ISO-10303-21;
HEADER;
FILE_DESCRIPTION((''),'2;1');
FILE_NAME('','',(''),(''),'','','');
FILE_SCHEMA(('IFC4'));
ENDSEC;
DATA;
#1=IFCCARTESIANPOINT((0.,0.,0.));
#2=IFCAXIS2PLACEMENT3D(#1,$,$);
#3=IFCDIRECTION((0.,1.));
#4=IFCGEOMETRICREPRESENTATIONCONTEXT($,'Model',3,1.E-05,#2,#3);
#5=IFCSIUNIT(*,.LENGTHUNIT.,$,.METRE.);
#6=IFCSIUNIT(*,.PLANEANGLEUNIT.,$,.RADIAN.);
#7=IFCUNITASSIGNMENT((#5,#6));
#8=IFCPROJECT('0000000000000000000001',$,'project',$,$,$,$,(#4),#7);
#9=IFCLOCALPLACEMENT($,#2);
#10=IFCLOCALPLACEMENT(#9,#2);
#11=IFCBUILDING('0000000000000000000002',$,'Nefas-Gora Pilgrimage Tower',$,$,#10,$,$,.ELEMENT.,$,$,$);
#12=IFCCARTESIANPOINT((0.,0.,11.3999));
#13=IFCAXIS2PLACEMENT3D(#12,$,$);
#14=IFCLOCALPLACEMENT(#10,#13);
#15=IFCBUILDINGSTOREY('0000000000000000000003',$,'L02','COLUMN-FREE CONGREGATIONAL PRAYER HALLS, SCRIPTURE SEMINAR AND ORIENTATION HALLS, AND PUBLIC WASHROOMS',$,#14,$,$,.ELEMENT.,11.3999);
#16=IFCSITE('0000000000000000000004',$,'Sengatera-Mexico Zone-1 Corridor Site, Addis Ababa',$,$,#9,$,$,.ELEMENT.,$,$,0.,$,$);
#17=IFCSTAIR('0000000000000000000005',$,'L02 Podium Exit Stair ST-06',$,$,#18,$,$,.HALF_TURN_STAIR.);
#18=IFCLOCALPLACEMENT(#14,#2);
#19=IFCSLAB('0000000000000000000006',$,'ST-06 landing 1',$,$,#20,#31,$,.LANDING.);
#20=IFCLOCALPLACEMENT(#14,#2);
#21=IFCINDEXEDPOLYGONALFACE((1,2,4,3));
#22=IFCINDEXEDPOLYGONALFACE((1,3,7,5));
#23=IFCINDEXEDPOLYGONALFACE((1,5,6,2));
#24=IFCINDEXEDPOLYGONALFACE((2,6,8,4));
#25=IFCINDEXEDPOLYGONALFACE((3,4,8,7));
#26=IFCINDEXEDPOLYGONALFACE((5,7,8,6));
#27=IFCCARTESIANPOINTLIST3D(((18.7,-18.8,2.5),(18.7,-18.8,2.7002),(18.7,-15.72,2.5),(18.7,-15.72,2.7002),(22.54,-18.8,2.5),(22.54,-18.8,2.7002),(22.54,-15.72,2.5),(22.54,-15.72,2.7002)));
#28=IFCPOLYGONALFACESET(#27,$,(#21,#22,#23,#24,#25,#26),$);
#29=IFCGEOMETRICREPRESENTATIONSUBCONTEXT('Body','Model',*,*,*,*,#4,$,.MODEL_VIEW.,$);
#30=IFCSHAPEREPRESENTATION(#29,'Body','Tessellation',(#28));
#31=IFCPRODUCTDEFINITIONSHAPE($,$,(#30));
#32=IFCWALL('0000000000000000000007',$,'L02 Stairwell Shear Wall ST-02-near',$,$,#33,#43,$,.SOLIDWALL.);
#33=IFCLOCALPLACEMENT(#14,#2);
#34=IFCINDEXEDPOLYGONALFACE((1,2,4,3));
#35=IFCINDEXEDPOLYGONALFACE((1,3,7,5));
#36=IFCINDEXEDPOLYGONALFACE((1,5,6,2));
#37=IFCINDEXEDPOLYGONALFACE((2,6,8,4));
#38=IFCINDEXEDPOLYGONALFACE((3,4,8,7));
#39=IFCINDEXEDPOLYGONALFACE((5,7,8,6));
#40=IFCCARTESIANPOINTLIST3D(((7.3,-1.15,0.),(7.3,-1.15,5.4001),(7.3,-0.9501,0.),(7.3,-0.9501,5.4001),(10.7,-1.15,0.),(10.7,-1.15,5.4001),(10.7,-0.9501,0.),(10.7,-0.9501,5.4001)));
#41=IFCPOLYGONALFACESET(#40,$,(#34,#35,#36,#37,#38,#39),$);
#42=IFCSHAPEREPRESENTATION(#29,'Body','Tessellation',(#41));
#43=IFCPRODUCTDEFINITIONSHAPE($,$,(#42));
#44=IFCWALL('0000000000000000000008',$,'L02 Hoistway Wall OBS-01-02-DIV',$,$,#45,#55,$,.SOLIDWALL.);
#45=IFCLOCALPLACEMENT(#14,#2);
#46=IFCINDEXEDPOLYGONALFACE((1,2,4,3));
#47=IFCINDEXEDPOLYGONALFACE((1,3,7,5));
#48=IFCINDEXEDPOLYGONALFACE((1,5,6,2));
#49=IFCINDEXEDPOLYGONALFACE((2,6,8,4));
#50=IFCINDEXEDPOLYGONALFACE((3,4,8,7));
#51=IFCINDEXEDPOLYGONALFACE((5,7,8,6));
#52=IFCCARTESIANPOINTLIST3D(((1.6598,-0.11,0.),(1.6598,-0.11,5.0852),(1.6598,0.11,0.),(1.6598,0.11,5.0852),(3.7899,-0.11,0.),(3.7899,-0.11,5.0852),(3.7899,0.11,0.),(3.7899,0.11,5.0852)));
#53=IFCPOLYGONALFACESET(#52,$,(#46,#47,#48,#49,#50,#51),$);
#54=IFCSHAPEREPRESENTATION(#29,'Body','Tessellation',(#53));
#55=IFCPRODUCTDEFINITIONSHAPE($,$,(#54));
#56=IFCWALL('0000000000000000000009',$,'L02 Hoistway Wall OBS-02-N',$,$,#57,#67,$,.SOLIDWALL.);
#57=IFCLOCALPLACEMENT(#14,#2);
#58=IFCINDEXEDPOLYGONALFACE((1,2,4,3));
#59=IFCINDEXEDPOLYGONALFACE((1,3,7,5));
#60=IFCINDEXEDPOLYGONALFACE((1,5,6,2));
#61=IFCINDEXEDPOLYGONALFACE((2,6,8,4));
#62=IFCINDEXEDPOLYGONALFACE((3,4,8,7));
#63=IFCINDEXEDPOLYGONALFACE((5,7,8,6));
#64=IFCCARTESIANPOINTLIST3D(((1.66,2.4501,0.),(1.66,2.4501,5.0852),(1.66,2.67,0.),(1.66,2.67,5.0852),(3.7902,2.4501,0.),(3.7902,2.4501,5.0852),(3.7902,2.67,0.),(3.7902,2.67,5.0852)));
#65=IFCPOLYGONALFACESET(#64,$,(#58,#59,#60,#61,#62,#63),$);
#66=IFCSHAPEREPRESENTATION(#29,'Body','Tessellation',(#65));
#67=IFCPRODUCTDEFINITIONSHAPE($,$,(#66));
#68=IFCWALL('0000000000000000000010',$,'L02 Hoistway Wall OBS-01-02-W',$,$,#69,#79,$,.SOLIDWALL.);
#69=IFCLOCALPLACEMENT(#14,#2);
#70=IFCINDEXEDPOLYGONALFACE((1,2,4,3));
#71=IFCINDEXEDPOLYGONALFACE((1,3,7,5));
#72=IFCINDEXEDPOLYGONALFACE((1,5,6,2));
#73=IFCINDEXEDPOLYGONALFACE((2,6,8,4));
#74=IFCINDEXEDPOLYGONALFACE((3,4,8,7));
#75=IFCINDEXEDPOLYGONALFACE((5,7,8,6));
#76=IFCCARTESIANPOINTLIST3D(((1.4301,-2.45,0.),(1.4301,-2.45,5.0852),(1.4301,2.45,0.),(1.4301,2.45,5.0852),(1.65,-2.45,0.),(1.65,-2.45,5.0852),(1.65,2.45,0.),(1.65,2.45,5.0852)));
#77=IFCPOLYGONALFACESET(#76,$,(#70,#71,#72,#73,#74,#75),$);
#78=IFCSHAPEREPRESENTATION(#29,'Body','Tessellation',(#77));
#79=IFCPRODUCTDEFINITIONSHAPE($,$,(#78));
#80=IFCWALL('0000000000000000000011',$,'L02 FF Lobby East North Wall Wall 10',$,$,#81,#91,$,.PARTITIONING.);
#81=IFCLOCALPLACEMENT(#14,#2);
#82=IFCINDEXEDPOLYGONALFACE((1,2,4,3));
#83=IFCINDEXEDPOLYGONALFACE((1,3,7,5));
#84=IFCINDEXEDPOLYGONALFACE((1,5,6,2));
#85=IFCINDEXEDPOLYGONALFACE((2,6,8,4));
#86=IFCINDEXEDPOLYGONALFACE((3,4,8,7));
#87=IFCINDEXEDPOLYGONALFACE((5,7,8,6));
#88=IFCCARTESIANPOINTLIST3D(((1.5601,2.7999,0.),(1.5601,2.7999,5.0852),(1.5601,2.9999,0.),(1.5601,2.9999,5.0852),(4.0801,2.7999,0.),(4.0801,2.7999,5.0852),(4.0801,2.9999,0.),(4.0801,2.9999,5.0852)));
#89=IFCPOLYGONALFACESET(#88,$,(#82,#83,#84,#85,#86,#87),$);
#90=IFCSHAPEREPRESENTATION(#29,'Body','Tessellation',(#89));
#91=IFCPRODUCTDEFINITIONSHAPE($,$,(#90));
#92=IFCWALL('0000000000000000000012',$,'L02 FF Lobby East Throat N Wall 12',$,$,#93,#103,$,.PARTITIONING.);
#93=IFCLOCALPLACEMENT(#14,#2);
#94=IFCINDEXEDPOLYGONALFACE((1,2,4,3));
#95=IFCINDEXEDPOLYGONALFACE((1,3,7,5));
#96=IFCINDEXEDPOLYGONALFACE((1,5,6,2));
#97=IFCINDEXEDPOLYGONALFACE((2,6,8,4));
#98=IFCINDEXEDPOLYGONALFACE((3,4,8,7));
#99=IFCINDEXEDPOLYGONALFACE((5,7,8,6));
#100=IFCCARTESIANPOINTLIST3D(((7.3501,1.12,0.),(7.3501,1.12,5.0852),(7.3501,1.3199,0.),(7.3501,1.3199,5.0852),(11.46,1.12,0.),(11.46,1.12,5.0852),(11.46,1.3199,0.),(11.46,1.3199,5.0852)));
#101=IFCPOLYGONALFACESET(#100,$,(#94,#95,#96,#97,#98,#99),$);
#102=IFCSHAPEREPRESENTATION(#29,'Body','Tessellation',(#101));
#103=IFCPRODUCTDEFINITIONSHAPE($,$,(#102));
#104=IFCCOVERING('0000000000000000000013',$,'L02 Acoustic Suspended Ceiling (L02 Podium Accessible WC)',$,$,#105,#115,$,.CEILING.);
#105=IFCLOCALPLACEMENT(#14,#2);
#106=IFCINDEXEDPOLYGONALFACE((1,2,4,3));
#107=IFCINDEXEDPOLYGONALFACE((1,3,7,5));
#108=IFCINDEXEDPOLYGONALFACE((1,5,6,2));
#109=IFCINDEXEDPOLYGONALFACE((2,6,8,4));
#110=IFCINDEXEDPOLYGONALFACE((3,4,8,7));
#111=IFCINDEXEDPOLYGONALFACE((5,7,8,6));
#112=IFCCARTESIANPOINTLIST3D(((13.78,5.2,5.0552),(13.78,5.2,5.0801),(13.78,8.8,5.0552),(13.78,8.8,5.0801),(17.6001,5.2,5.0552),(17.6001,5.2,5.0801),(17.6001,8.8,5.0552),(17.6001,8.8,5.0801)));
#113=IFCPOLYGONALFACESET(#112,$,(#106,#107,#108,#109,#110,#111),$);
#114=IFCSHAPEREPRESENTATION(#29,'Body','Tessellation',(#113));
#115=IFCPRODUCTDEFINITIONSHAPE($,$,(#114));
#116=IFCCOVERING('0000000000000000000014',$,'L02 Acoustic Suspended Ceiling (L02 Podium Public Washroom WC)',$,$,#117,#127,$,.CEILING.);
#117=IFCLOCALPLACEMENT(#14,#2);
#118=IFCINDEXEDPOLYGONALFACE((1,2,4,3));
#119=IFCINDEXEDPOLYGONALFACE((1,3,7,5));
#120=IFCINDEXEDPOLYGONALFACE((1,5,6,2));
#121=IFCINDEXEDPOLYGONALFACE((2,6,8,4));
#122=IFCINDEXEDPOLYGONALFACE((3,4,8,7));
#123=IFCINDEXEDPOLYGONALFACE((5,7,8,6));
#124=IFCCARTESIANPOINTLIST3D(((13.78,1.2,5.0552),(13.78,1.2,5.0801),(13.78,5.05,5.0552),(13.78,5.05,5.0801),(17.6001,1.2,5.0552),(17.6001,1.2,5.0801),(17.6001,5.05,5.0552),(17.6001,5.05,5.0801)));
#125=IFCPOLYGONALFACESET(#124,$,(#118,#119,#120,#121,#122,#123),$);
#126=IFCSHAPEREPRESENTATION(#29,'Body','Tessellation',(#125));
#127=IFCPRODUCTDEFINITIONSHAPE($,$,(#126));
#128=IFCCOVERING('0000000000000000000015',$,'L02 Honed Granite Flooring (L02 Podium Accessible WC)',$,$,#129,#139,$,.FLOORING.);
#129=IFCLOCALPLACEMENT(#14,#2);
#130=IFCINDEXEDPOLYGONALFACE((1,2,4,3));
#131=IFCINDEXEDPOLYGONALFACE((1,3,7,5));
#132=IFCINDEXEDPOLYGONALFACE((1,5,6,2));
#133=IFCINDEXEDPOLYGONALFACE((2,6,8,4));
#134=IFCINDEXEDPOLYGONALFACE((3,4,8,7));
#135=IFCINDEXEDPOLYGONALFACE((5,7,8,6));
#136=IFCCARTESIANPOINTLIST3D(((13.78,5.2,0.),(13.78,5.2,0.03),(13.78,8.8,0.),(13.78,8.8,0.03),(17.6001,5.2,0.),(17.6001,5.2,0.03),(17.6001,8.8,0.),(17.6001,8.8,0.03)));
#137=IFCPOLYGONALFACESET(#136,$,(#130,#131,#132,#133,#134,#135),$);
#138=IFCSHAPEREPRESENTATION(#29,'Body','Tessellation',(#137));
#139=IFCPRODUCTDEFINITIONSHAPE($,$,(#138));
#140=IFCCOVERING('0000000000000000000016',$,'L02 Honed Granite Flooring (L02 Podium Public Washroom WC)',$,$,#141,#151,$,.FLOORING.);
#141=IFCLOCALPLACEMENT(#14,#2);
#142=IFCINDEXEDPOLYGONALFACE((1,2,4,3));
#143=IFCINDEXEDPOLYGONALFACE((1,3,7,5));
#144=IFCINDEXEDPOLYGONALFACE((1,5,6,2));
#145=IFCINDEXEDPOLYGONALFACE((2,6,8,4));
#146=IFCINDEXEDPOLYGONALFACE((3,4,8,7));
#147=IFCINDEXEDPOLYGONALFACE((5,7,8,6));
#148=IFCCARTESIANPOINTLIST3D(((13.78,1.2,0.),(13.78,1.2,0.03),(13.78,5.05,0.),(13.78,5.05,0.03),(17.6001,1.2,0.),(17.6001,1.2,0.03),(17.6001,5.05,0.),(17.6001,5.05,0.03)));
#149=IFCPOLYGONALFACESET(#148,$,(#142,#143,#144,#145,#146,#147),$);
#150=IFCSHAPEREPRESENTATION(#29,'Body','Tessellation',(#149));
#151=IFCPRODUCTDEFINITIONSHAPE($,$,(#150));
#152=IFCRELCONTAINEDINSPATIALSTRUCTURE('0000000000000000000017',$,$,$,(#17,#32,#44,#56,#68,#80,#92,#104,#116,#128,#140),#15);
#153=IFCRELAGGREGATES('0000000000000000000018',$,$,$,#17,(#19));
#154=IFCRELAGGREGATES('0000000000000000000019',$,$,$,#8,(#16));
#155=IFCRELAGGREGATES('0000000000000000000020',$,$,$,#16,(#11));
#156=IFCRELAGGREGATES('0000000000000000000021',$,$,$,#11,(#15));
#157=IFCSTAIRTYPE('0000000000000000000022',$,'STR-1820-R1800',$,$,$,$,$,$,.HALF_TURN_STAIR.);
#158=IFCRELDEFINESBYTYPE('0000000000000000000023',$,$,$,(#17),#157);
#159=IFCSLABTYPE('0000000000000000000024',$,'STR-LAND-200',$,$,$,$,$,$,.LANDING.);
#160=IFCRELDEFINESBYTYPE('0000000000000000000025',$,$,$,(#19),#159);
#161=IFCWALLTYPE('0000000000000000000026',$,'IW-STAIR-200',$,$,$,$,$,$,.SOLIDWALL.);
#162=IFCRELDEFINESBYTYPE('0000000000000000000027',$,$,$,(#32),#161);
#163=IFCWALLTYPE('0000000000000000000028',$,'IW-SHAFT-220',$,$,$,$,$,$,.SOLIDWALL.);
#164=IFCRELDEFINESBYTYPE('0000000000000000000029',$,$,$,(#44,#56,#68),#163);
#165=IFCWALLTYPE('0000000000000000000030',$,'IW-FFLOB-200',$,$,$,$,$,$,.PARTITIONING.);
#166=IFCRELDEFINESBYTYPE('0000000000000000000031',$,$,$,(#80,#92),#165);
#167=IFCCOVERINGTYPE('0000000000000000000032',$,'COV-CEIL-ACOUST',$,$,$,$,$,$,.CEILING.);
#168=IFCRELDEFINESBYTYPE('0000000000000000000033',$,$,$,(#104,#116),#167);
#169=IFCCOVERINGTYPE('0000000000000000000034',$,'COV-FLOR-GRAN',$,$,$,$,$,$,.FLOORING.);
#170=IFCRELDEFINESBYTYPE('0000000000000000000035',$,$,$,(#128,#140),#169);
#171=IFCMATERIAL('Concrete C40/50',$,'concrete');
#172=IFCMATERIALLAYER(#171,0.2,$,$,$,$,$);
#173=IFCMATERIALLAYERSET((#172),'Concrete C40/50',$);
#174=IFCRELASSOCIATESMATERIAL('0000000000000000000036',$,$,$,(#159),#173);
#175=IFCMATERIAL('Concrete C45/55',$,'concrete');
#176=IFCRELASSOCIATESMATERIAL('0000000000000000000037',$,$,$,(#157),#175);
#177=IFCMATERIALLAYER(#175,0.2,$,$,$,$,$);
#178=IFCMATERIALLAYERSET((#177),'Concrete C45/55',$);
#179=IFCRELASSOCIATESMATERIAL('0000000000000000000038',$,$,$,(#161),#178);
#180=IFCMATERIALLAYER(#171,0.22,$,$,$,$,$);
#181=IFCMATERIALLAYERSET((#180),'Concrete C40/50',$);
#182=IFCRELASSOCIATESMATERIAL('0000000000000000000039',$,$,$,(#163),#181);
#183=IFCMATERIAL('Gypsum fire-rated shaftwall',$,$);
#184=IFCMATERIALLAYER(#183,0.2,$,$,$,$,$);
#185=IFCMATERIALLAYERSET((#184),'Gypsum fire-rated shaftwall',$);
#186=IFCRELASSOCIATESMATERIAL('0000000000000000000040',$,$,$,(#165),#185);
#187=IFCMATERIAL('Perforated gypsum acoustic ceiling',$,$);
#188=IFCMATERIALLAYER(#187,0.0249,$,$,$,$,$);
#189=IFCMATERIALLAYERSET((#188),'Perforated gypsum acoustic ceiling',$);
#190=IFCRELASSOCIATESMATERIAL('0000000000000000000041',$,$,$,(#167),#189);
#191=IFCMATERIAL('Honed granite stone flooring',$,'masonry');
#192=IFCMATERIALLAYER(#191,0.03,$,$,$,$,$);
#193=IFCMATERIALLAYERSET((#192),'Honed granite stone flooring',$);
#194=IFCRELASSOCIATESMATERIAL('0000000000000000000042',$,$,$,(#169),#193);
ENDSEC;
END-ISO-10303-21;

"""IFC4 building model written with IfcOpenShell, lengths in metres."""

from ifc_helpers import new_model, si_unit, direction, frame, frame_2d, origin, place, context, subcontext, project, spatial, polyline, rectangle, outline, extrude, source, transform, mapped, material, layer, layer_set, type_object, element, aggregate, save


model = new_model("IFC4")

# Units and contexts
model_context = context("Model", 3, precision=1e-05, world=origin(), true_north=direction((0.0, 1.0)))
body_context = subcontext(model_context, "Body", "Model", "MODEL_VIEW")
ifc_project = project(units=[si_unit("LENGTHUNIT", "METRE"), si_unit("PLANEANGLEUNIT", "RADIAN")], contexts=[model_context])

# Site, building, storey
site_placement = place(None, origin())
site = spatial("IfcSite", under=ifc_project, at=site_placement, Name="Sengatera-Mexico Zone-1 Corridor Site, Addis Ababa", CompositionType="ELEMENT", RefElevation=0.0)
building_placement = place(site_placement, origin())
building = spatial("IfcBuilding", under=site, at=building_placement, Name="Nefas-Gora Pilgrimage Tower", CompositionType="ELEMENT")
storey_placement = place(building_placement, frame((0.0, 0.0, 11.3999)))
storey = spatial("IfcBuildingStorey", under=building, at=storey_placement, Name="L02", Description="COLUMN-FREE CONGREGATIONAL PRAYER HALLS, SCRIPTURE SEMINAR AND ORIENTATION HALLS, AND PUBLIC WASHROOMS", CompositionType="ELEMENT", Elevation=11.3999)

# Shared definitions
ifc_material_1 = material(Name="Concrete C45/55", Category="concrete")

# Stair, slab
ifc_material_2 = material(Name="Concrete C40/50", Category="concrete")
ifc_layer_1 = layer(ifc_material_2, 0.2)
ifc_layer_set_1 = layer_set([ifc_layer_1], Name="Concrete C40/50")
slab_type_1 = type_object("IfcSlabType", Name="STR-LAND-200", PredefinedType="LANDING", material=ifc_layer_set_1)
stair_type_1 = type_object("IfcStairType", Name="STR-1820-R1800", PredefinedType="HALF_TURN_STAIR", material=ifc_material_1)
stair_1_placement = place(storey_placement, origin())
stair_1 = element("IfcStair", 1, at=stair_1_placement, inside=storey, type_object=stair_type_1, Name="L02 Podium Exit Stair ST-06", PredefinedType="HALF_TURN_STAIR")
slab_1_placement = place(storey_placement, frame((0.0, 0.0, 2.5)))
slab_1 = element("IfcSlab", 2, at=slab_1_placement, type_object=slab_type_1, Name="ST-06 landing 1", PredefinedType="LANDING", context=body_context, shape_type="SweptSolid", body=[
    extrude(outline(polyline([(18.7, -15.72), (18.7, -18.8), (22.54, -18.8), (22.54, -15.72), (18.7, -15.72)])), origin(), (0.0, 0.0, 1.0), 0.2002),
])
aggregate(stair_1, [slab_1])

# Walls
ifc_layer_2 = layer(ifc_material_1, 0.2)
ifc_layer_set_2 = layer_set([ifc_layer_2], Name="Concrete C45/55")
wall_type_1 = type_object("IfcWallType", Name="IW-STAIR-200", PredefinedType="SOLIDWALL", material=ifc_layer_set_2)
shared_shape_1 = source(origin(), body_context, "Body", "SweptSolid", [
    extrude(rectangle(XDim=3.3999, YDim=0.2, at=frame_2d((1.7, 0.0))), origin(), (0.0, 0.0, 1.0), 5.4001),
])
wall_1_placement = place(storey_placement, frame((7.3, -1.05, 0.0), z_axis=(0.0, 0.0, 1.0), x_axis=(1.0, 0.0, 0.0)))
element("IfcWall", 3, at=wall_1_placement, inside=storey, type_object=wall_type_1, Name="L02 Stairwell Shear Wall ST-02-near", PredefinedType="SOLIDWALL", context=body_context, shape_type="MappedRepresentation", body=[
    mapped(shared_shape_1, transform((0.0, 0.0, 0.0), x_axis=(1.0, 0.0, 0.0), y_axis=(0.0, 1.0, 0.0), z_axis=(0.0, 0.0, 1.0), scale=1.0)),
])
ifc_layer_3 = layer(ifc_material_2, 0.22)
ifc_layer_set_3 = layer_set([ifc_layer_3], Name="Concrete C40/50")
wall_type_2 = type_object("IfcWallType", Name="IW-SHAFT-220", PredefinedType="SOLIDWALL", material=ifc_layer_set_3)
shared_shape_2 = source(origin(), body_context, "Body", "SweptSolid", [
    extrude(rectangle(XDim=2.1301, YDim=0.22, at=frame_2d((1.0649, 0.0))), origin(), (0.0, 0.0, 1.0), 5.0852),
])
for number, where, z_axis, x_axis, name in (
    (4, (1.6599, 0.0, 0.0), (0.0, 0.0, 1.0), (1.0, 0.0, 0.0), "L02 Hoistway Wall OBS-01-02-DIV"),
    (5, (3.79, 2.5601, 0.0), (0.0, 0.0, 1.0), (-1.0, 0.0, 0.0), "L02 Hoistway Wall OBS-02-N"),
):
    element("IfcWall", number, at=place(storey_placement, frame(where, z_axis=z_axis, x_axis=x_axis)), inside=storey, type_object=wall_type_2, Name=name, PredefinedType="SOLIDWALL", context=body_context, shape_type="MappedRepresentation", body=[
        mapped(shared_shape_2, transform((0.0, 0.0, 0.0), x_axis=(1.0, 0.0, 0.0), y_axis=(0.0, 1.0, 0.0), z_axis=(0.0, 0.0, 1.0), scale=1.0)),
    ])
shared_shape_3 = source(origin(), body_context, "Body", "SweptSolid", [
    extrude(rectangle(XDim=4.8999, YDim=0.22, at=frame_2d((2.45, 0.0))), origin(), (0.0, 0.0, 1.0), 5.0852),
])
wall_2_placement = place(storey_placement, frame((1.54, 2.45, 0.0), z_axis=(0.0, 0.0, 1.0), x_axis=(0.0, -1.0, 0.0)))
element("IfcWall", 6, at=wall_2_placement, inside=storey, type_object=wall_type_2, Name="L02 Hoistway Wall OBS-01-02-W", PredefinedType="SOLIDWALL", context=body_context, shape_type="MappedRepresentation", body=[
    mapped(shared_shape_3, transform((0.0, 0.0, 0.0), x_axis=(1.0, 0.0, 0.0), y_axis=(0.0, 1.0, 0.0), z_axis=(0.0, 0.0, 1.0), scale=1.0)),
])
ifc_material_3 = material(Name="Gypsum fire-rated shaftwall")
ifc_layer_4 = layer(ifc_material_3, 0.2)
ifc_layer_set_4 = layer_set([ifc_layer_4], Name="Gypsum fire-rated shaftwall")
wall_type_3 = type_object("IfcWallType", Name="IW-FFLOB-200", PredefinedType="PARTITIONING", material=ifc_layer_set_4)
shared_shape_4 = source(origin(), body_context, "Body", "SweptSolid", [
    extrude(rectangle(XDim=2.52, YDim=0.2, at=frame_2d((1.26, 0.0))), origin(), (0.0, 0.0, 1.0), 5.0852),
])
wall_3_placement = place(storey_placement, frame((1.5601, 2.8999, 0.0), z_axis=(0.0, 0.0, 1.0), x_axis=(1.0, 0.0, 0.0)))
element("IfcWall", 7, at=wall_3_placement, inside=storey, type_object=wall_type_3, Name="L02 FF Lobby East North Wall Wall 10", PredefinedType="PARTITIONING", context=body_context, shape_type="MappedRepresentation", body=[
    mapped(shared_shape_4, transform((0.0, 0.0, 0.0), x_axis=(1.0, 0.0, 0.0), y_axis=(0.0, 1.0, 0.0), z_axis=(0.0, 0.0, 1.0), scale=1.0)),
])
shared_shape_5 = source(origin(), body_context, "Body", "SweptSolid", [
    extrude(rectangle(XDim=4.1099, YDim=0.2, at=frame_2d((2.0549, 0.0))), origin(), (0.0, 0.0, 1.0), 5.0852),
])
wall_4_placement = place(storey_placement, frame((7.3501, 1.22, 0.0), z_axis=(0.0, 0.0, 1.0), x_axis=(1.0, 0.0, 0.0)))
element("IfcWall", 8, at=wall_4_placement, inside=storey, type_object=wall_type_3, Name="L02 FF Lobby East Throat N Wall 12", PredefinedType="PARTITIONING", context=body_context, shape_type="MappedRepresentation", body=[
    mapped(shared_shape_5, transform((0.0, 0.0, 0.0), x_axis=(1.0, 0.0, 0.0), y_axis=(0.0, 1.0, 0.0), z_axis=(0.0, 0.0, 1.0), scale=1.0)),
])

# Coverings
ifc_material_4 = material(Name="Perforated gypsum acoustic ceiling")
ifc_layer_5 = layer(ifc_material_4, 0.0249)
ifc_layer_set_5 = layer_set([ifc_layer_5], Name="Perforated gypsum acoustic ceiling")
covering_type_1 = type_object("IfcCoveringType", Name="COV-CEIL-ACOUST", PredefinedType="CEILING", material=ifc_layer_set_5)
covering_1_placement = place(storey_placement, frame((0.0, 0.0, 5.0552)))
element("IfcCovering", 9, at=covering_1_placement, inside=storey, type_object=covering_type_1, Name="L02 Acoustic Suspended Ceiling (L02 Podium Accessible WC)", PredefinedType="CEILING", context=body_context, shape_type="SweptSolid", body=[
    extrude(outline(polyline([(13.78, 8.8), (13.78, 5.2), (17.6001, 5.2), (17.6001, 8.8), (13.78, 8.8)])), origin(), (0.0, 0.0, 1.0), 0.0249),
])
covering_2_placement = place(storey_placement, frame((0.0, 0.0, 5.0552)))
element("IfcCovering", 10, at=covering_2_placement, inside=storey, type_object=covering_type_1, Name="L02 Acoustic Suspended Ceiling (L02 Podium Public Washroom WC)", PredefinedType="CEILING", context=body_context, shape_type="SweptSolid", body=[
    extrude(outline(polyline([(13.78, 5.05), (13.78, 1.2), (17.6001, 1.2), (17.6001, 5.05), (13.78, 5.05)])), origin(), (0.0, 0.0, 1.0), 0.0249),
])
ifc_material_5 = material(Name="Honed granite stone flooring", Category="masonry")
ifc_layer_6 = layer(ifc_material_5, 0.03)
ifc_layer_set_6 = layer_set([ifc_layer_6], Name="Honed granite stone flooring")
covering_type_2 = type_object("IfcCoveringType", Name="COV-FLOR-GRAN", PredefinedType="FLOORING", material=ifc_layer_set_6)
covering_3_placement = place(storey_placement, origin())
element("IfcCovering", 11, at=covering_3_placement, inside=storey, type_object=covering_type_2, Name="L02 Honed Granite Flooring (L02 Podium Accessible WC)", PredefinedType="FLOORING", context=body_context, shape_type="SweptSolid", body=[
    extrude(outline(polyline([(13.78, 8.8), (13.78, 5.2), (17.6001, 5.2), (17.6001, 8.8), (13.78, 8.8)])), origin(), (0.0, 0.0, 1.0), 0.03),
])
covering_4_placement = place(storey_placement, origin())
element("IfcCovering", 12, at=covering_4_placement, inside=storey, type_object=covering_type_2, Name="L02 Honed Granite Flooring (L02 Podium Public Washroom WC)", PredefinedType="FLOORING", context=body_context, shape_type="SweptSolid", body=[
    extrude(outline(polyline([(13.78, 5.05), (13.78, 1.2), (17.6001, 1.2), (17.6001, 5.05), (13.78, 5.05)])), origin(), (0.0, 0.0, 1.0), 0.03),
])

save(model, "model.ifc")
